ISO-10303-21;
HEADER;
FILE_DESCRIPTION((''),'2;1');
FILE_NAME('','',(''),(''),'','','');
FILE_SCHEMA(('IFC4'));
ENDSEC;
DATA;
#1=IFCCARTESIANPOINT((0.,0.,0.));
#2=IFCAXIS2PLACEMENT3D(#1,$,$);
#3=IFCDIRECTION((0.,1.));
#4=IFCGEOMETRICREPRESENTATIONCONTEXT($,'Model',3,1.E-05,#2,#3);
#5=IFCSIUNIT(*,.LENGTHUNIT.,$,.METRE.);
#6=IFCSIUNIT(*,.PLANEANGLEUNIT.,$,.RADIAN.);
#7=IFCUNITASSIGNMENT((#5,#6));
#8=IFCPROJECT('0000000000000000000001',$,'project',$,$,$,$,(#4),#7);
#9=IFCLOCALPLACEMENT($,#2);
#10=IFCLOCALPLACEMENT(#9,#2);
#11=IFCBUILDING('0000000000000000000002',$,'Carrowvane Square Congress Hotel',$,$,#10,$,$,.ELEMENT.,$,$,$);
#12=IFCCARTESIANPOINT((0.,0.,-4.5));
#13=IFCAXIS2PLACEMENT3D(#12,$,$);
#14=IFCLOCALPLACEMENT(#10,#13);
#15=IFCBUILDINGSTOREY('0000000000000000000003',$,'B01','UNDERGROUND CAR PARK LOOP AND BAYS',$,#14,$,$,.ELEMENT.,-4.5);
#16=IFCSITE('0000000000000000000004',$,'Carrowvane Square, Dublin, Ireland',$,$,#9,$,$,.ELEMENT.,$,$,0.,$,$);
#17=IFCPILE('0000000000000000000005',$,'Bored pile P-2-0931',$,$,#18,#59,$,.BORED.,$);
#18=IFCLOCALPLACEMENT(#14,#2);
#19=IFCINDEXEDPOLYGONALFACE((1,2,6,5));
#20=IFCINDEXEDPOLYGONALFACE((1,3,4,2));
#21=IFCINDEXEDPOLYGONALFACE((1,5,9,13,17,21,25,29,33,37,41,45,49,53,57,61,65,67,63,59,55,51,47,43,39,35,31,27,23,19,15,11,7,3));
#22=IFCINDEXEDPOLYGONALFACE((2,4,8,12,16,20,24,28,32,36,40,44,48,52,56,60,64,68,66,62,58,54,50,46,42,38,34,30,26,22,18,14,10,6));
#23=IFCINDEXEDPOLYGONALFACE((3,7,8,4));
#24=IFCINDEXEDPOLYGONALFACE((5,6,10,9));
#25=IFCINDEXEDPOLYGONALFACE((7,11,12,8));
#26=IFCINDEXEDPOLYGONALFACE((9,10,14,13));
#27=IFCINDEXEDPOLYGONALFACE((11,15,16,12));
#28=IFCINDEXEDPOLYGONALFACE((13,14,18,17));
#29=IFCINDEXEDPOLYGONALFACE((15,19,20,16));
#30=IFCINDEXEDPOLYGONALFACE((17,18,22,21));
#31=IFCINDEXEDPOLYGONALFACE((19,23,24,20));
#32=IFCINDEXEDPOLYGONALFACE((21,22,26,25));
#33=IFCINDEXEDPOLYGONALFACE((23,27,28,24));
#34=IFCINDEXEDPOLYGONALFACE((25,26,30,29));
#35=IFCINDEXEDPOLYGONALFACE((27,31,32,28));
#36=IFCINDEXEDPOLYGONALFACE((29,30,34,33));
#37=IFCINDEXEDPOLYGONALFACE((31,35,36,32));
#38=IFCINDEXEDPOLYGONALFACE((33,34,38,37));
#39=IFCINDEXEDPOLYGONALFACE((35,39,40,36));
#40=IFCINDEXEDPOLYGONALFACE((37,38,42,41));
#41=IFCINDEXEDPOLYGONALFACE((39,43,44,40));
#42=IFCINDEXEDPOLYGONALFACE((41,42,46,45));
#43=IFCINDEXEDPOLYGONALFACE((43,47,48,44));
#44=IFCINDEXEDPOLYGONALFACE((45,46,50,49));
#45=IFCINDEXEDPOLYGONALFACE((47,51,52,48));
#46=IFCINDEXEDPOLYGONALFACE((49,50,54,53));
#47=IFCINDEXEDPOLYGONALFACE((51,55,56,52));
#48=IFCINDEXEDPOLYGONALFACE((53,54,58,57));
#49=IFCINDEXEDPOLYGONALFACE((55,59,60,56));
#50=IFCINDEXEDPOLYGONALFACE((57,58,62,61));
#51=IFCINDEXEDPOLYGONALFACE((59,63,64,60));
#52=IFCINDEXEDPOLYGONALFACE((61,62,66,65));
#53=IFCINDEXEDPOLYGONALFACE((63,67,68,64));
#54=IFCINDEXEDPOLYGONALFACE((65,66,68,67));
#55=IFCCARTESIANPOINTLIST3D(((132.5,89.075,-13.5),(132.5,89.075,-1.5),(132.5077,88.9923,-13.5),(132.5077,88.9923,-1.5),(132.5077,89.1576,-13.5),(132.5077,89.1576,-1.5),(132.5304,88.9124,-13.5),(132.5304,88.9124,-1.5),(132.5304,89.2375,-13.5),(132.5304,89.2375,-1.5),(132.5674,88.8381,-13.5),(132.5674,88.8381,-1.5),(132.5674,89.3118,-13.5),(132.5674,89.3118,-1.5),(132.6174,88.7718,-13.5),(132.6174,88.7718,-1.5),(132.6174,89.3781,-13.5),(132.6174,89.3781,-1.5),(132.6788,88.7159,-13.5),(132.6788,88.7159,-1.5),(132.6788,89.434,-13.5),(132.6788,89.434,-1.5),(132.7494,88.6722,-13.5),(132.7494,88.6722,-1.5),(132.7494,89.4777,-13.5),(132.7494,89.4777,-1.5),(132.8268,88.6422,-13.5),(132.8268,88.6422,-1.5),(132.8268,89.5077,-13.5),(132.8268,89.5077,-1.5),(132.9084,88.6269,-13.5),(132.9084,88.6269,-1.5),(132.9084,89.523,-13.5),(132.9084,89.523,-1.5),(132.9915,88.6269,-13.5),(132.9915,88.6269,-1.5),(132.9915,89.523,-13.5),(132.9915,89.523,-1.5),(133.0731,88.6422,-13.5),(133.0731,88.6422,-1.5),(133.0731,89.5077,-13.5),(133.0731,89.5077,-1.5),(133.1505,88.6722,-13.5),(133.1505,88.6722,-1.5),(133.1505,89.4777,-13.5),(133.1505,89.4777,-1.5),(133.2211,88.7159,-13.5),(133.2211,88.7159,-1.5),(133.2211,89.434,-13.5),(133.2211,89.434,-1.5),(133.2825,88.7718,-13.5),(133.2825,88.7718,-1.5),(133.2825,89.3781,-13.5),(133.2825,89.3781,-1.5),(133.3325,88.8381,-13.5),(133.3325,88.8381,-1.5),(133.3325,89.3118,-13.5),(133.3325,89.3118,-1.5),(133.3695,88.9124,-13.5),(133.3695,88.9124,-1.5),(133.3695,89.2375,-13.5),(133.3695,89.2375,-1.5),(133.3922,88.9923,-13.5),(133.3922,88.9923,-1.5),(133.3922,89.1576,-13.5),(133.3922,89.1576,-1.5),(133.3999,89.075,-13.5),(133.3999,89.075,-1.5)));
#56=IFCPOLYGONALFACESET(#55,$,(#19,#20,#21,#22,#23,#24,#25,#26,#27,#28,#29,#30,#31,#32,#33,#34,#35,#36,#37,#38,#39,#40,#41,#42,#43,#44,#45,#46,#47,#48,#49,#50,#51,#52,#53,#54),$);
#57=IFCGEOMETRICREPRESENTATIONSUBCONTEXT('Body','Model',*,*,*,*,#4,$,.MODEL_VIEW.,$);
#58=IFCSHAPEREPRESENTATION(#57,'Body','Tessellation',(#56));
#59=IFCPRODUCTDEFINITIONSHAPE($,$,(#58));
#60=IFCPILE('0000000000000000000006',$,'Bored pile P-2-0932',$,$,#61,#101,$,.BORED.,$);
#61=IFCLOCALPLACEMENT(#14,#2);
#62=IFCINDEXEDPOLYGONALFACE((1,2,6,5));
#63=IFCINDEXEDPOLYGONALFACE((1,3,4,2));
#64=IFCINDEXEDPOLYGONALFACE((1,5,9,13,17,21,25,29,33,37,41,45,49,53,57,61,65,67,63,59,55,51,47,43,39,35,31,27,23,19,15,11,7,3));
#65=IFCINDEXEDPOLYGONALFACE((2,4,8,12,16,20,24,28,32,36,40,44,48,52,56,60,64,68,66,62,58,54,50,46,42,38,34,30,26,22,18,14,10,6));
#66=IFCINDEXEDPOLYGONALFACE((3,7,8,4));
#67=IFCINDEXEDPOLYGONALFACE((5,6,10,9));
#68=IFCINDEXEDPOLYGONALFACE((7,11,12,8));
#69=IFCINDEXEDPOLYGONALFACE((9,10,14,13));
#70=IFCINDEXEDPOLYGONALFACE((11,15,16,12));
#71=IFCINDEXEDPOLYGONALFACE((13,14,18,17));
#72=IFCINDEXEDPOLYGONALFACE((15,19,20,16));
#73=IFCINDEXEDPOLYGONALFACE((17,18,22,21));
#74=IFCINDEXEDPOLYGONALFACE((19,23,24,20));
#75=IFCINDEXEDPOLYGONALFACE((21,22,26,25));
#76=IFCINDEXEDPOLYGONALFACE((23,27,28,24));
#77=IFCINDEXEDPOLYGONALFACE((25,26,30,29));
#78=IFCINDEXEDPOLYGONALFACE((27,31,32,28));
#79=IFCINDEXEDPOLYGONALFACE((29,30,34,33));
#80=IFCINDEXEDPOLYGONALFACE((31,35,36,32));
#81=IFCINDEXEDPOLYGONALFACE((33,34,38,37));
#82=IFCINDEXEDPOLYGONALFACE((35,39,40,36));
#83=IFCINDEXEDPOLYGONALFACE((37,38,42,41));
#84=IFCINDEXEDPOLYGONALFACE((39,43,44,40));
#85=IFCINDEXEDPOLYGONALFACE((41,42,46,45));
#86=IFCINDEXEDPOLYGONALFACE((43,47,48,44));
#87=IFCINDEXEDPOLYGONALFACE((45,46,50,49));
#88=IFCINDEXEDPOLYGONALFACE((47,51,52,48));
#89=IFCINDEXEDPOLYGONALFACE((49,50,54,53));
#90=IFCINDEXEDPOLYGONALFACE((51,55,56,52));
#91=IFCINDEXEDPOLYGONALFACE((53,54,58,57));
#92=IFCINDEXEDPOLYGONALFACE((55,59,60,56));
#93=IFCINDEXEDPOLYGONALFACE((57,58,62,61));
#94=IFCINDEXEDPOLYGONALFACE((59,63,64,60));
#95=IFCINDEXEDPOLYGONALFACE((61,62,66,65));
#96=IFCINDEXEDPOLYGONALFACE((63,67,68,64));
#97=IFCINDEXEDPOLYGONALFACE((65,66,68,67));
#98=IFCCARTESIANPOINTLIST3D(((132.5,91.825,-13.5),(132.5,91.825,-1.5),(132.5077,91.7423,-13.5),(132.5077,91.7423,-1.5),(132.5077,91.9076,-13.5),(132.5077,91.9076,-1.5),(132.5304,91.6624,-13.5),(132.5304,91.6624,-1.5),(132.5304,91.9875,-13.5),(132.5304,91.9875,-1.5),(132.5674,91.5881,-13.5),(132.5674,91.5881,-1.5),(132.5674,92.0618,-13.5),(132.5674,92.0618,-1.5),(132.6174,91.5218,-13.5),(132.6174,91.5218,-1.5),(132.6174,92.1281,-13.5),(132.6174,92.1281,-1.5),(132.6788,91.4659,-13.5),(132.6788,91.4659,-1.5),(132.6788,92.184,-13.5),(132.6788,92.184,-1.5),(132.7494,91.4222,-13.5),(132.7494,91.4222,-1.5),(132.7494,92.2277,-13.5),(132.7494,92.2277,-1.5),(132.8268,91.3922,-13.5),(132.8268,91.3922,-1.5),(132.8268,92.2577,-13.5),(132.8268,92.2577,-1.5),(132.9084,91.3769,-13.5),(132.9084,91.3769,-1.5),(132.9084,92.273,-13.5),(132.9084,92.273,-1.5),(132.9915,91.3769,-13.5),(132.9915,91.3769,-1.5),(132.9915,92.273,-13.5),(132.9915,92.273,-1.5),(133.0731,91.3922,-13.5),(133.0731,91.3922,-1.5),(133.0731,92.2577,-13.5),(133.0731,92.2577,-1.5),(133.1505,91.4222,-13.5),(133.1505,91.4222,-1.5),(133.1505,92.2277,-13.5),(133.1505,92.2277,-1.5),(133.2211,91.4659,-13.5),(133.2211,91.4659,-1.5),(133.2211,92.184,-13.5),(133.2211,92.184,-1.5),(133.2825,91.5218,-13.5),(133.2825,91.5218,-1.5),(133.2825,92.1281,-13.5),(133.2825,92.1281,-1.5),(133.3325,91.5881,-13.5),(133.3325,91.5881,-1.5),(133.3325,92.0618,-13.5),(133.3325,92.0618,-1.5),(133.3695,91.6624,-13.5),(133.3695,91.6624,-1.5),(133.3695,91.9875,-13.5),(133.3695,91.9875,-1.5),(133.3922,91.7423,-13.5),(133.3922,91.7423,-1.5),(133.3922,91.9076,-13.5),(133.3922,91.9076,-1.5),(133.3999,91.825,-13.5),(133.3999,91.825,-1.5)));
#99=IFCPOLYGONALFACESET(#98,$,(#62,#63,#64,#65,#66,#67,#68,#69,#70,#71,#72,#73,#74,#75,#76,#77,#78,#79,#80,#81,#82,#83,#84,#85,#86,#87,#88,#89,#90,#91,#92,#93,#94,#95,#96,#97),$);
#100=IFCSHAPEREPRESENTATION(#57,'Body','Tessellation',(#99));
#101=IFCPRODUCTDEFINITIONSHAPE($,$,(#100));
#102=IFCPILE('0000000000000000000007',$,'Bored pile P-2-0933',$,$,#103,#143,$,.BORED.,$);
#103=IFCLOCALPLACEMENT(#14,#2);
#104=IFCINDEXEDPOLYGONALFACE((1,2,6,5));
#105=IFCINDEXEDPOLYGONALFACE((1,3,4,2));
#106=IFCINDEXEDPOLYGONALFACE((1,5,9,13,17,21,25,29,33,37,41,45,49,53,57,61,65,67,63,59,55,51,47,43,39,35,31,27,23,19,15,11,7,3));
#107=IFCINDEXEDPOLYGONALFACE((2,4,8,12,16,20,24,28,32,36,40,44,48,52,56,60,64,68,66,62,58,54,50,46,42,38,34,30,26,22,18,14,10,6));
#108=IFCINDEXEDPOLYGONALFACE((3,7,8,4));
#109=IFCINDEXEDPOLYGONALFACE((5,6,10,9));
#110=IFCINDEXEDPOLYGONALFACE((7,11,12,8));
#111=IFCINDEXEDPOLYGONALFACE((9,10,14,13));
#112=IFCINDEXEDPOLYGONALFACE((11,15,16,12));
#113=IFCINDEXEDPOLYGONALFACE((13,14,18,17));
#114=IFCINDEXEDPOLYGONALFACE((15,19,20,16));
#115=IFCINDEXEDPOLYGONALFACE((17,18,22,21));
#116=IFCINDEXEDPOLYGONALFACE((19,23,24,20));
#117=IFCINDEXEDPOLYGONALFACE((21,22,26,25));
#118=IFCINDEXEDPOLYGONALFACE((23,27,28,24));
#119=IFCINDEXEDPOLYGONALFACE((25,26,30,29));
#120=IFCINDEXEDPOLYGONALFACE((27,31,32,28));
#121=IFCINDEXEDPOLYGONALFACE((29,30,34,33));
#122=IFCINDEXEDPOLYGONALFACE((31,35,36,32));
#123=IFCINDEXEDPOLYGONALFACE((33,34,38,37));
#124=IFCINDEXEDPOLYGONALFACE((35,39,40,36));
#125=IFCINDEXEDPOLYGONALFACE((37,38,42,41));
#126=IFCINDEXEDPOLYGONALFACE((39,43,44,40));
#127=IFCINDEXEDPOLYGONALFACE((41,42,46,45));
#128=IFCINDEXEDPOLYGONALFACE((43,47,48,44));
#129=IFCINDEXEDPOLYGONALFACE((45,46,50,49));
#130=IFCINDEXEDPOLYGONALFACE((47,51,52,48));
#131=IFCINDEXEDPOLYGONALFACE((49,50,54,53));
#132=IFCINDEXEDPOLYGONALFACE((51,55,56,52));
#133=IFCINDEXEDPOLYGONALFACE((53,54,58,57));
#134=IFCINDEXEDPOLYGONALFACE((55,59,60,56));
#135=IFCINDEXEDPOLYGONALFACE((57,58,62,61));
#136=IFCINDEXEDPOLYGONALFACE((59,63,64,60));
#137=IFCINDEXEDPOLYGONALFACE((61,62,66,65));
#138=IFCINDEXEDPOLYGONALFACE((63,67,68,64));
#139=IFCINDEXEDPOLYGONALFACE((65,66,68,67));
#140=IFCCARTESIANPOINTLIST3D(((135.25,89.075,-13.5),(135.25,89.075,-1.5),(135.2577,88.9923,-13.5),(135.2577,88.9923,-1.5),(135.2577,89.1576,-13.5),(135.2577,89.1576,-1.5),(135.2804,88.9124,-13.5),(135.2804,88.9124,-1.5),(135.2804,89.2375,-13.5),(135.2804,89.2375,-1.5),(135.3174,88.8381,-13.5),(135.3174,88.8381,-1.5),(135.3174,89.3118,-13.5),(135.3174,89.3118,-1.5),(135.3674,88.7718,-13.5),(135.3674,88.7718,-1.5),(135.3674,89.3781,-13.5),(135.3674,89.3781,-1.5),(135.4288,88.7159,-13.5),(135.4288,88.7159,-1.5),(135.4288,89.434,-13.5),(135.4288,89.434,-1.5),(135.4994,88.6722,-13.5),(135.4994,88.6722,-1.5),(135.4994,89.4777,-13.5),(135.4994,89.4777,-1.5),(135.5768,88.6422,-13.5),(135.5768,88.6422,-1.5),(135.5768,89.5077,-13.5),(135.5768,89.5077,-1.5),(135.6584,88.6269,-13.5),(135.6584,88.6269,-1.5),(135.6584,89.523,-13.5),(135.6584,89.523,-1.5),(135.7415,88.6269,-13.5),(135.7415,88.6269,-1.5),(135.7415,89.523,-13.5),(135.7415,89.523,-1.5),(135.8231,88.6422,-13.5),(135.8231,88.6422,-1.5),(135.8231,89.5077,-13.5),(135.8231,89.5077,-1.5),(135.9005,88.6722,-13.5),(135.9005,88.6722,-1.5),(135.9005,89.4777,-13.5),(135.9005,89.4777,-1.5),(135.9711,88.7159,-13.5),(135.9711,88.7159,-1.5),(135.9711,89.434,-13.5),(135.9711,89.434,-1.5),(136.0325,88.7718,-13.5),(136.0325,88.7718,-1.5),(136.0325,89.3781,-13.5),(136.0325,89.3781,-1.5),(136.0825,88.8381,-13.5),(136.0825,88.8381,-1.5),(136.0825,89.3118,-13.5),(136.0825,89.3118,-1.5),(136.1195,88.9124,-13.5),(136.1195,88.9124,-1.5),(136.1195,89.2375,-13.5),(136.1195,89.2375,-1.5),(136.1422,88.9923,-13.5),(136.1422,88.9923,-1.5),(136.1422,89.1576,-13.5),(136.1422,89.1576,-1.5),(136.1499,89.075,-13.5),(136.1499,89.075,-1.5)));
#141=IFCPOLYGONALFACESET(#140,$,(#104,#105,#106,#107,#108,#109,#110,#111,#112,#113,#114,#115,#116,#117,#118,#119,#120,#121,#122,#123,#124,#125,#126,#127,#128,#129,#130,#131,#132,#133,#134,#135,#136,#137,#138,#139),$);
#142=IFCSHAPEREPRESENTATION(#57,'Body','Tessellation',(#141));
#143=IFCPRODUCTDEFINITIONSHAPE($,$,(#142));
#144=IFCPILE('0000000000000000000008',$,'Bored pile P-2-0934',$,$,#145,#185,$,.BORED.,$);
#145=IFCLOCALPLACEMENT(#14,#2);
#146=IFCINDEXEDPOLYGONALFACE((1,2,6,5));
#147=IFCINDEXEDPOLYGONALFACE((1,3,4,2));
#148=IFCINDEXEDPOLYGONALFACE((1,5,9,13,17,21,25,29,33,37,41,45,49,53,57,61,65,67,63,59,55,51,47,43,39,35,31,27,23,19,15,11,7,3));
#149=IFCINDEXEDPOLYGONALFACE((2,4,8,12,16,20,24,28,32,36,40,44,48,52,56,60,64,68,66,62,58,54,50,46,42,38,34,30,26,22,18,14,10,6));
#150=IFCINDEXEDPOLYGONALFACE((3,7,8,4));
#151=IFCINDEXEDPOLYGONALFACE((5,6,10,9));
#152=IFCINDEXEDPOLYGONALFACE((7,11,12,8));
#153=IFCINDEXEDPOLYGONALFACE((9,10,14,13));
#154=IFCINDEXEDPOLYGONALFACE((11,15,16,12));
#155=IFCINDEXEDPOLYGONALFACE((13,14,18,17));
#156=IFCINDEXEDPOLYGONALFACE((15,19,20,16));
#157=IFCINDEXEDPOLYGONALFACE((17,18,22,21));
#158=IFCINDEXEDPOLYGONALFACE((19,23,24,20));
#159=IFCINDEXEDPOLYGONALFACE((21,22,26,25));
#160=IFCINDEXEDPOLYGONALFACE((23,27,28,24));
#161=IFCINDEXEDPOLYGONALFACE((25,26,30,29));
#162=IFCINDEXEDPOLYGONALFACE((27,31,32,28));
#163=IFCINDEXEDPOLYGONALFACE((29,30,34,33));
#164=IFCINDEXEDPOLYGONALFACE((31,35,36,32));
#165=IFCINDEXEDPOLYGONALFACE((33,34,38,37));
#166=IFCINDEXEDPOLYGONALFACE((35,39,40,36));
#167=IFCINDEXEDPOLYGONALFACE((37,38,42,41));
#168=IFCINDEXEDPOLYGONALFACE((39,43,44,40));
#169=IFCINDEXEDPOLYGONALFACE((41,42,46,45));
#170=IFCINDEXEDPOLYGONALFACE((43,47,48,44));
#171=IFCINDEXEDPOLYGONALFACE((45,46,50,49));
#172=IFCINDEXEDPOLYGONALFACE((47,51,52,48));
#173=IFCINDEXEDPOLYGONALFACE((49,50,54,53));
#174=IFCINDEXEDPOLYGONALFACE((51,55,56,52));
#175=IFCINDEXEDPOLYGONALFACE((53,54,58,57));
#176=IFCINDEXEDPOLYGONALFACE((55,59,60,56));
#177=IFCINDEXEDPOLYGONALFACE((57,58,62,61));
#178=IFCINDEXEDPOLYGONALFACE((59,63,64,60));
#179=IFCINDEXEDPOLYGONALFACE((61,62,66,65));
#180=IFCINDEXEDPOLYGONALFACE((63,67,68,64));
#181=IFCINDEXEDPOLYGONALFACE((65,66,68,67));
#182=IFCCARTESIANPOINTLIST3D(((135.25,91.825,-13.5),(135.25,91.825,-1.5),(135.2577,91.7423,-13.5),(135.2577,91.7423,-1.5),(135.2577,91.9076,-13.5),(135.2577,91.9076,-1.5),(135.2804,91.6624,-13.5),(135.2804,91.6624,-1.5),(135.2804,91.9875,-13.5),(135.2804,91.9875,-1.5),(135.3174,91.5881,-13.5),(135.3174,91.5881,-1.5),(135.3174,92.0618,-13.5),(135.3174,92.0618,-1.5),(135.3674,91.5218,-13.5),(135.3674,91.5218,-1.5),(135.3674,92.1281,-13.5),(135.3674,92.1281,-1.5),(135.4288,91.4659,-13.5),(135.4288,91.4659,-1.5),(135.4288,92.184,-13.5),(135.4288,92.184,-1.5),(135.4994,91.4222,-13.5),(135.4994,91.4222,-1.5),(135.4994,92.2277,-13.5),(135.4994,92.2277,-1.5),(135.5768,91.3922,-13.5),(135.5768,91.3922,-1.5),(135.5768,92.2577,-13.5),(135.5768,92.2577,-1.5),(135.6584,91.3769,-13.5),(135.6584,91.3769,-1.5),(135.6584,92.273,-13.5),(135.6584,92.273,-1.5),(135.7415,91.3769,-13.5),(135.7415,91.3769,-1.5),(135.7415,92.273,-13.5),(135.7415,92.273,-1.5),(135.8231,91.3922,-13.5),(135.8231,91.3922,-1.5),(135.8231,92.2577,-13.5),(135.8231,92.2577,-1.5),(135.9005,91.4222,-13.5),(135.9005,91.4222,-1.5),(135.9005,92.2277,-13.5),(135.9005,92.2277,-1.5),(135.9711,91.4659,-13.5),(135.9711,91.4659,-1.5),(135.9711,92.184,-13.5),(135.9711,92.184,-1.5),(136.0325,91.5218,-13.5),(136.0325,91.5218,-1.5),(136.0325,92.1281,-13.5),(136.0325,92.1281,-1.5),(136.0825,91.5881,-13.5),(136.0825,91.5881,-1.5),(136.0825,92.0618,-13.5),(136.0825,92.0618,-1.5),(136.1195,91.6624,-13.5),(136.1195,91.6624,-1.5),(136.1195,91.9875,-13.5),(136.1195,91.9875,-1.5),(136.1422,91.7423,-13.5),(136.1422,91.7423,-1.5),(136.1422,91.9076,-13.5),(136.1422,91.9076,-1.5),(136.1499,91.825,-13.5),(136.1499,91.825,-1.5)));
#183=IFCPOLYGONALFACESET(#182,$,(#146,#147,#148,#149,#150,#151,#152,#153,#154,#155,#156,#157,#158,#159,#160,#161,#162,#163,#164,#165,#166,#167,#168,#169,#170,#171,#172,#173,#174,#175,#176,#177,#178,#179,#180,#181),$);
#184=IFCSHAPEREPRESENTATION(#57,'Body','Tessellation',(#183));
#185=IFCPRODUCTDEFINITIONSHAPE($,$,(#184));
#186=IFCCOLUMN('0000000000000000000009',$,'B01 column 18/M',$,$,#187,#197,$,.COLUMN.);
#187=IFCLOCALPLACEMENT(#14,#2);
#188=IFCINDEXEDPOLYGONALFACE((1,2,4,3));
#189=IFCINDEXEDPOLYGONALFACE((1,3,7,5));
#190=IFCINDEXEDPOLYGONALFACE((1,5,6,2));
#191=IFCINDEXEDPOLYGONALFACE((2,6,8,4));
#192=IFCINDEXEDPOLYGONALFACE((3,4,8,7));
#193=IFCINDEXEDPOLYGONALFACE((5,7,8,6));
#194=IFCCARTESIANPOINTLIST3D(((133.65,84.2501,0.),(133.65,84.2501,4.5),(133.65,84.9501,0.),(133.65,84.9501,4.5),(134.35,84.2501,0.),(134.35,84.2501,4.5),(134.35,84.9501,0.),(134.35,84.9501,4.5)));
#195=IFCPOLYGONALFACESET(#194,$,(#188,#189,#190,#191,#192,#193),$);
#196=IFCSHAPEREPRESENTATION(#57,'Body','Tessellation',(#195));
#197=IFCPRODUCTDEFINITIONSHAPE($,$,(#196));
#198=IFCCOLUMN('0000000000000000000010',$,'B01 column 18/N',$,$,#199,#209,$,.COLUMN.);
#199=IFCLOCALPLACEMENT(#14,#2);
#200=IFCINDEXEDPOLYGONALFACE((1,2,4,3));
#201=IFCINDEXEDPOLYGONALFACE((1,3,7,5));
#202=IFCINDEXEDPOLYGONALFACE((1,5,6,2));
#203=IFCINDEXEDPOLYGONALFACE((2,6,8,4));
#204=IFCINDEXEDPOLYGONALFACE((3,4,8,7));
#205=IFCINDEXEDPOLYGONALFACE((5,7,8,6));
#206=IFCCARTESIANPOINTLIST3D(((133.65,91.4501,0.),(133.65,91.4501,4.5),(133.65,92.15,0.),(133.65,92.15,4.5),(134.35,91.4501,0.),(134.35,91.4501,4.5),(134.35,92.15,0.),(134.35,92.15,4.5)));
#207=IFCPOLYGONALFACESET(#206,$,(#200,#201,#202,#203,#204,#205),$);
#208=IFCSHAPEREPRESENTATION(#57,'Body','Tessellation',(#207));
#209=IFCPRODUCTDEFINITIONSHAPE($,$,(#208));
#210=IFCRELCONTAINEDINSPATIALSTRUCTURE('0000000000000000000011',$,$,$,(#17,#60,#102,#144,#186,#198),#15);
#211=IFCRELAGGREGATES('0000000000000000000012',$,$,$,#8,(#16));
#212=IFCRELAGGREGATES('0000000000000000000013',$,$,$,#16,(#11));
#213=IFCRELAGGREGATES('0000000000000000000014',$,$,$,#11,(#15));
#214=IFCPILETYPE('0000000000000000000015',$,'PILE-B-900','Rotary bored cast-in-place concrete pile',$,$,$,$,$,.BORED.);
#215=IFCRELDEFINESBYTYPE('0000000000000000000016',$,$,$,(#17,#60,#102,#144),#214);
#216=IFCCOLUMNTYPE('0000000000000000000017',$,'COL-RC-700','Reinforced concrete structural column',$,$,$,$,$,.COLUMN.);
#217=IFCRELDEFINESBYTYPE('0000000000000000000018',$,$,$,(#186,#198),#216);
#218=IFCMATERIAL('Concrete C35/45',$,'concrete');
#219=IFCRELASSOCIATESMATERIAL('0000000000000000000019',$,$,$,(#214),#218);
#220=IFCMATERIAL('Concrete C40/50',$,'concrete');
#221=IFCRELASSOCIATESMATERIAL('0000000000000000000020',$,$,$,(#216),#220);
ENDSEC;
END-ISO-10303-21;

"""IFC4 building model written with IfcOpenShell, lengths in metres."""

from ifc_helpers import new_model, si_unit, direction, frame, origin, origin_2d, place, context, subcontext, project, spatial, rectangle, circle, extrude, material, material_profile, profile_set, type_object, element, save


model = new_model("IFC4")

# Units and contexts
model_context = context("Model", 3, precision=1e-05, world=origin(), true_north=direction((0.0, 1.0)))
body_context = subcontext(model_context, "Body", "Model", "MODEL_VIEW")
ifc_project = project(units=[si_unit("LENGTHUNIT", "METRE"), si_unit("PLANEANGLEUNIT", "RADIAN")], contexts=[model_context])

# Site, building, storey
site_placement = place(None, origin())
site = spatial("IfcSite", under=ifc_project, at=site_placement, Name="Carrowvane Square, Dublin, Ireland", CompositionType="ELEMENT", RefElevation=0.0)
building_placement = place(site_placement, origin())
building = spatial("IfcBuilding", under=site, at=building_placement, Name="Carrowvane Square Congress Hotel", CompositionType="ELEMENT")
storey_placement = place(building_placement, frame((0.0, 0.0, -4.5)))
storey = spatial("IfcBuildingStorey", under=building, at=storey_placement, Name="B01", Description="UNDERGROUND CAR PARK LOOP AND BAYS", CompositionType="ELEMENT", Elevation=-4.5)

# Piles
ifc_material_1 = material(Name="Concrete C35/45", Category="concrete")
ifc_material_profile_1 = material_profile(ifc_material_1, circle(Radius=0.45, at=origin_2d()), Name="PILE D900")
ifc_profile_set_1 = profile_set([ifc_material_profile_1], Name="Concrete C35/45")
pile_type_1 = type_object("IfcPileType", Name="PILE-B-900", Description="Rotary bored cast-in-place concrete pile", PredefinedType="BORED", material=ifc_profile_set_1)
for number, where, z_axis, x_axis, name in (
    (1, (132.95, 89.075, -1.5), (0.0, 0.0, -1.0), (1.0, 0.0, 0.0), "Bored pile P-2-0931"),
    (2, (132.95, 91.825, -1.5), (0.0, 0.0, -1.0), (1.0, 0.0, 0.0), "Bored pile P-2-0932"),
    (3, (135.7, 89.075, -1.5), (0.0, 0.0, -1.0), (1.0, 0.0, 0.0), "Bored pile P-2-0933"),
    (4, (135.7, 91.825, -1.5), (0.0, 0.0, -1.0), (1.0, 0.0, 0.0), "Bored pile P-2-0934"),
):
    element("IfcPile", number, at=place(storey_placement, frame(where, z_axis=z_axis, x_axis=x_axis)), inside=storey, type_object=pile_type_1, Name=name, PredefinedType="BORED", context=body_context, shape_type="SweptSolid", body=[
        extrude(circle(Radius=0.45, at=origin_2d()), origin(), (0.0, 0.0, 1.0), 12.0),
    ])

# Columns
ifc_material_2 = material(Name="Concrete C40/50", Category="concrete")
ifc_material_profile_2 = material_profile(ifc_material_2, rectangle(XDim=0.7, YDim=0.7, at=origin_2d()), Name="RC 700x700")
ifc_profile_set_2 = profile_set([ifc_material_profile_2], Name="Concrete C40/50")
column_type = type_object("IfcColumnType", Name="COL-RC-700", Description="Reinforced concrete structural column", PredefinedType="COLUMN", material=ifc_profile_set_2)
for number, where, z_axis, x_axis, name in (
    (5, (134.0, 84.6001, 0.0), (0.0, 0.0, 1.0), (1.0, 0.0, 0.0), "B01 column 18/M"),
    (6, (134.0, 91.8, 0.0), (0.0, 0.0, 1.0), (1.0, 0.0, 0.0), "B01 column 18/N"),
):
    element("IfcColumn", number, at=place(storey_placement, frame(where, z_axis=z_axis, x_axis=x_axis)), inside=storey, type_object=column_type, Name=name, PredefinedType="COLUMN", context=body_context, shape_type="SweptSolid", body=[
        extrude(rectangle(XDim=0.7, YDim=0.7, at=origin_2d()), origin(), (0.0, 0.0, 1.0), 4.5),
    ])

save(model, "model.ifc")
